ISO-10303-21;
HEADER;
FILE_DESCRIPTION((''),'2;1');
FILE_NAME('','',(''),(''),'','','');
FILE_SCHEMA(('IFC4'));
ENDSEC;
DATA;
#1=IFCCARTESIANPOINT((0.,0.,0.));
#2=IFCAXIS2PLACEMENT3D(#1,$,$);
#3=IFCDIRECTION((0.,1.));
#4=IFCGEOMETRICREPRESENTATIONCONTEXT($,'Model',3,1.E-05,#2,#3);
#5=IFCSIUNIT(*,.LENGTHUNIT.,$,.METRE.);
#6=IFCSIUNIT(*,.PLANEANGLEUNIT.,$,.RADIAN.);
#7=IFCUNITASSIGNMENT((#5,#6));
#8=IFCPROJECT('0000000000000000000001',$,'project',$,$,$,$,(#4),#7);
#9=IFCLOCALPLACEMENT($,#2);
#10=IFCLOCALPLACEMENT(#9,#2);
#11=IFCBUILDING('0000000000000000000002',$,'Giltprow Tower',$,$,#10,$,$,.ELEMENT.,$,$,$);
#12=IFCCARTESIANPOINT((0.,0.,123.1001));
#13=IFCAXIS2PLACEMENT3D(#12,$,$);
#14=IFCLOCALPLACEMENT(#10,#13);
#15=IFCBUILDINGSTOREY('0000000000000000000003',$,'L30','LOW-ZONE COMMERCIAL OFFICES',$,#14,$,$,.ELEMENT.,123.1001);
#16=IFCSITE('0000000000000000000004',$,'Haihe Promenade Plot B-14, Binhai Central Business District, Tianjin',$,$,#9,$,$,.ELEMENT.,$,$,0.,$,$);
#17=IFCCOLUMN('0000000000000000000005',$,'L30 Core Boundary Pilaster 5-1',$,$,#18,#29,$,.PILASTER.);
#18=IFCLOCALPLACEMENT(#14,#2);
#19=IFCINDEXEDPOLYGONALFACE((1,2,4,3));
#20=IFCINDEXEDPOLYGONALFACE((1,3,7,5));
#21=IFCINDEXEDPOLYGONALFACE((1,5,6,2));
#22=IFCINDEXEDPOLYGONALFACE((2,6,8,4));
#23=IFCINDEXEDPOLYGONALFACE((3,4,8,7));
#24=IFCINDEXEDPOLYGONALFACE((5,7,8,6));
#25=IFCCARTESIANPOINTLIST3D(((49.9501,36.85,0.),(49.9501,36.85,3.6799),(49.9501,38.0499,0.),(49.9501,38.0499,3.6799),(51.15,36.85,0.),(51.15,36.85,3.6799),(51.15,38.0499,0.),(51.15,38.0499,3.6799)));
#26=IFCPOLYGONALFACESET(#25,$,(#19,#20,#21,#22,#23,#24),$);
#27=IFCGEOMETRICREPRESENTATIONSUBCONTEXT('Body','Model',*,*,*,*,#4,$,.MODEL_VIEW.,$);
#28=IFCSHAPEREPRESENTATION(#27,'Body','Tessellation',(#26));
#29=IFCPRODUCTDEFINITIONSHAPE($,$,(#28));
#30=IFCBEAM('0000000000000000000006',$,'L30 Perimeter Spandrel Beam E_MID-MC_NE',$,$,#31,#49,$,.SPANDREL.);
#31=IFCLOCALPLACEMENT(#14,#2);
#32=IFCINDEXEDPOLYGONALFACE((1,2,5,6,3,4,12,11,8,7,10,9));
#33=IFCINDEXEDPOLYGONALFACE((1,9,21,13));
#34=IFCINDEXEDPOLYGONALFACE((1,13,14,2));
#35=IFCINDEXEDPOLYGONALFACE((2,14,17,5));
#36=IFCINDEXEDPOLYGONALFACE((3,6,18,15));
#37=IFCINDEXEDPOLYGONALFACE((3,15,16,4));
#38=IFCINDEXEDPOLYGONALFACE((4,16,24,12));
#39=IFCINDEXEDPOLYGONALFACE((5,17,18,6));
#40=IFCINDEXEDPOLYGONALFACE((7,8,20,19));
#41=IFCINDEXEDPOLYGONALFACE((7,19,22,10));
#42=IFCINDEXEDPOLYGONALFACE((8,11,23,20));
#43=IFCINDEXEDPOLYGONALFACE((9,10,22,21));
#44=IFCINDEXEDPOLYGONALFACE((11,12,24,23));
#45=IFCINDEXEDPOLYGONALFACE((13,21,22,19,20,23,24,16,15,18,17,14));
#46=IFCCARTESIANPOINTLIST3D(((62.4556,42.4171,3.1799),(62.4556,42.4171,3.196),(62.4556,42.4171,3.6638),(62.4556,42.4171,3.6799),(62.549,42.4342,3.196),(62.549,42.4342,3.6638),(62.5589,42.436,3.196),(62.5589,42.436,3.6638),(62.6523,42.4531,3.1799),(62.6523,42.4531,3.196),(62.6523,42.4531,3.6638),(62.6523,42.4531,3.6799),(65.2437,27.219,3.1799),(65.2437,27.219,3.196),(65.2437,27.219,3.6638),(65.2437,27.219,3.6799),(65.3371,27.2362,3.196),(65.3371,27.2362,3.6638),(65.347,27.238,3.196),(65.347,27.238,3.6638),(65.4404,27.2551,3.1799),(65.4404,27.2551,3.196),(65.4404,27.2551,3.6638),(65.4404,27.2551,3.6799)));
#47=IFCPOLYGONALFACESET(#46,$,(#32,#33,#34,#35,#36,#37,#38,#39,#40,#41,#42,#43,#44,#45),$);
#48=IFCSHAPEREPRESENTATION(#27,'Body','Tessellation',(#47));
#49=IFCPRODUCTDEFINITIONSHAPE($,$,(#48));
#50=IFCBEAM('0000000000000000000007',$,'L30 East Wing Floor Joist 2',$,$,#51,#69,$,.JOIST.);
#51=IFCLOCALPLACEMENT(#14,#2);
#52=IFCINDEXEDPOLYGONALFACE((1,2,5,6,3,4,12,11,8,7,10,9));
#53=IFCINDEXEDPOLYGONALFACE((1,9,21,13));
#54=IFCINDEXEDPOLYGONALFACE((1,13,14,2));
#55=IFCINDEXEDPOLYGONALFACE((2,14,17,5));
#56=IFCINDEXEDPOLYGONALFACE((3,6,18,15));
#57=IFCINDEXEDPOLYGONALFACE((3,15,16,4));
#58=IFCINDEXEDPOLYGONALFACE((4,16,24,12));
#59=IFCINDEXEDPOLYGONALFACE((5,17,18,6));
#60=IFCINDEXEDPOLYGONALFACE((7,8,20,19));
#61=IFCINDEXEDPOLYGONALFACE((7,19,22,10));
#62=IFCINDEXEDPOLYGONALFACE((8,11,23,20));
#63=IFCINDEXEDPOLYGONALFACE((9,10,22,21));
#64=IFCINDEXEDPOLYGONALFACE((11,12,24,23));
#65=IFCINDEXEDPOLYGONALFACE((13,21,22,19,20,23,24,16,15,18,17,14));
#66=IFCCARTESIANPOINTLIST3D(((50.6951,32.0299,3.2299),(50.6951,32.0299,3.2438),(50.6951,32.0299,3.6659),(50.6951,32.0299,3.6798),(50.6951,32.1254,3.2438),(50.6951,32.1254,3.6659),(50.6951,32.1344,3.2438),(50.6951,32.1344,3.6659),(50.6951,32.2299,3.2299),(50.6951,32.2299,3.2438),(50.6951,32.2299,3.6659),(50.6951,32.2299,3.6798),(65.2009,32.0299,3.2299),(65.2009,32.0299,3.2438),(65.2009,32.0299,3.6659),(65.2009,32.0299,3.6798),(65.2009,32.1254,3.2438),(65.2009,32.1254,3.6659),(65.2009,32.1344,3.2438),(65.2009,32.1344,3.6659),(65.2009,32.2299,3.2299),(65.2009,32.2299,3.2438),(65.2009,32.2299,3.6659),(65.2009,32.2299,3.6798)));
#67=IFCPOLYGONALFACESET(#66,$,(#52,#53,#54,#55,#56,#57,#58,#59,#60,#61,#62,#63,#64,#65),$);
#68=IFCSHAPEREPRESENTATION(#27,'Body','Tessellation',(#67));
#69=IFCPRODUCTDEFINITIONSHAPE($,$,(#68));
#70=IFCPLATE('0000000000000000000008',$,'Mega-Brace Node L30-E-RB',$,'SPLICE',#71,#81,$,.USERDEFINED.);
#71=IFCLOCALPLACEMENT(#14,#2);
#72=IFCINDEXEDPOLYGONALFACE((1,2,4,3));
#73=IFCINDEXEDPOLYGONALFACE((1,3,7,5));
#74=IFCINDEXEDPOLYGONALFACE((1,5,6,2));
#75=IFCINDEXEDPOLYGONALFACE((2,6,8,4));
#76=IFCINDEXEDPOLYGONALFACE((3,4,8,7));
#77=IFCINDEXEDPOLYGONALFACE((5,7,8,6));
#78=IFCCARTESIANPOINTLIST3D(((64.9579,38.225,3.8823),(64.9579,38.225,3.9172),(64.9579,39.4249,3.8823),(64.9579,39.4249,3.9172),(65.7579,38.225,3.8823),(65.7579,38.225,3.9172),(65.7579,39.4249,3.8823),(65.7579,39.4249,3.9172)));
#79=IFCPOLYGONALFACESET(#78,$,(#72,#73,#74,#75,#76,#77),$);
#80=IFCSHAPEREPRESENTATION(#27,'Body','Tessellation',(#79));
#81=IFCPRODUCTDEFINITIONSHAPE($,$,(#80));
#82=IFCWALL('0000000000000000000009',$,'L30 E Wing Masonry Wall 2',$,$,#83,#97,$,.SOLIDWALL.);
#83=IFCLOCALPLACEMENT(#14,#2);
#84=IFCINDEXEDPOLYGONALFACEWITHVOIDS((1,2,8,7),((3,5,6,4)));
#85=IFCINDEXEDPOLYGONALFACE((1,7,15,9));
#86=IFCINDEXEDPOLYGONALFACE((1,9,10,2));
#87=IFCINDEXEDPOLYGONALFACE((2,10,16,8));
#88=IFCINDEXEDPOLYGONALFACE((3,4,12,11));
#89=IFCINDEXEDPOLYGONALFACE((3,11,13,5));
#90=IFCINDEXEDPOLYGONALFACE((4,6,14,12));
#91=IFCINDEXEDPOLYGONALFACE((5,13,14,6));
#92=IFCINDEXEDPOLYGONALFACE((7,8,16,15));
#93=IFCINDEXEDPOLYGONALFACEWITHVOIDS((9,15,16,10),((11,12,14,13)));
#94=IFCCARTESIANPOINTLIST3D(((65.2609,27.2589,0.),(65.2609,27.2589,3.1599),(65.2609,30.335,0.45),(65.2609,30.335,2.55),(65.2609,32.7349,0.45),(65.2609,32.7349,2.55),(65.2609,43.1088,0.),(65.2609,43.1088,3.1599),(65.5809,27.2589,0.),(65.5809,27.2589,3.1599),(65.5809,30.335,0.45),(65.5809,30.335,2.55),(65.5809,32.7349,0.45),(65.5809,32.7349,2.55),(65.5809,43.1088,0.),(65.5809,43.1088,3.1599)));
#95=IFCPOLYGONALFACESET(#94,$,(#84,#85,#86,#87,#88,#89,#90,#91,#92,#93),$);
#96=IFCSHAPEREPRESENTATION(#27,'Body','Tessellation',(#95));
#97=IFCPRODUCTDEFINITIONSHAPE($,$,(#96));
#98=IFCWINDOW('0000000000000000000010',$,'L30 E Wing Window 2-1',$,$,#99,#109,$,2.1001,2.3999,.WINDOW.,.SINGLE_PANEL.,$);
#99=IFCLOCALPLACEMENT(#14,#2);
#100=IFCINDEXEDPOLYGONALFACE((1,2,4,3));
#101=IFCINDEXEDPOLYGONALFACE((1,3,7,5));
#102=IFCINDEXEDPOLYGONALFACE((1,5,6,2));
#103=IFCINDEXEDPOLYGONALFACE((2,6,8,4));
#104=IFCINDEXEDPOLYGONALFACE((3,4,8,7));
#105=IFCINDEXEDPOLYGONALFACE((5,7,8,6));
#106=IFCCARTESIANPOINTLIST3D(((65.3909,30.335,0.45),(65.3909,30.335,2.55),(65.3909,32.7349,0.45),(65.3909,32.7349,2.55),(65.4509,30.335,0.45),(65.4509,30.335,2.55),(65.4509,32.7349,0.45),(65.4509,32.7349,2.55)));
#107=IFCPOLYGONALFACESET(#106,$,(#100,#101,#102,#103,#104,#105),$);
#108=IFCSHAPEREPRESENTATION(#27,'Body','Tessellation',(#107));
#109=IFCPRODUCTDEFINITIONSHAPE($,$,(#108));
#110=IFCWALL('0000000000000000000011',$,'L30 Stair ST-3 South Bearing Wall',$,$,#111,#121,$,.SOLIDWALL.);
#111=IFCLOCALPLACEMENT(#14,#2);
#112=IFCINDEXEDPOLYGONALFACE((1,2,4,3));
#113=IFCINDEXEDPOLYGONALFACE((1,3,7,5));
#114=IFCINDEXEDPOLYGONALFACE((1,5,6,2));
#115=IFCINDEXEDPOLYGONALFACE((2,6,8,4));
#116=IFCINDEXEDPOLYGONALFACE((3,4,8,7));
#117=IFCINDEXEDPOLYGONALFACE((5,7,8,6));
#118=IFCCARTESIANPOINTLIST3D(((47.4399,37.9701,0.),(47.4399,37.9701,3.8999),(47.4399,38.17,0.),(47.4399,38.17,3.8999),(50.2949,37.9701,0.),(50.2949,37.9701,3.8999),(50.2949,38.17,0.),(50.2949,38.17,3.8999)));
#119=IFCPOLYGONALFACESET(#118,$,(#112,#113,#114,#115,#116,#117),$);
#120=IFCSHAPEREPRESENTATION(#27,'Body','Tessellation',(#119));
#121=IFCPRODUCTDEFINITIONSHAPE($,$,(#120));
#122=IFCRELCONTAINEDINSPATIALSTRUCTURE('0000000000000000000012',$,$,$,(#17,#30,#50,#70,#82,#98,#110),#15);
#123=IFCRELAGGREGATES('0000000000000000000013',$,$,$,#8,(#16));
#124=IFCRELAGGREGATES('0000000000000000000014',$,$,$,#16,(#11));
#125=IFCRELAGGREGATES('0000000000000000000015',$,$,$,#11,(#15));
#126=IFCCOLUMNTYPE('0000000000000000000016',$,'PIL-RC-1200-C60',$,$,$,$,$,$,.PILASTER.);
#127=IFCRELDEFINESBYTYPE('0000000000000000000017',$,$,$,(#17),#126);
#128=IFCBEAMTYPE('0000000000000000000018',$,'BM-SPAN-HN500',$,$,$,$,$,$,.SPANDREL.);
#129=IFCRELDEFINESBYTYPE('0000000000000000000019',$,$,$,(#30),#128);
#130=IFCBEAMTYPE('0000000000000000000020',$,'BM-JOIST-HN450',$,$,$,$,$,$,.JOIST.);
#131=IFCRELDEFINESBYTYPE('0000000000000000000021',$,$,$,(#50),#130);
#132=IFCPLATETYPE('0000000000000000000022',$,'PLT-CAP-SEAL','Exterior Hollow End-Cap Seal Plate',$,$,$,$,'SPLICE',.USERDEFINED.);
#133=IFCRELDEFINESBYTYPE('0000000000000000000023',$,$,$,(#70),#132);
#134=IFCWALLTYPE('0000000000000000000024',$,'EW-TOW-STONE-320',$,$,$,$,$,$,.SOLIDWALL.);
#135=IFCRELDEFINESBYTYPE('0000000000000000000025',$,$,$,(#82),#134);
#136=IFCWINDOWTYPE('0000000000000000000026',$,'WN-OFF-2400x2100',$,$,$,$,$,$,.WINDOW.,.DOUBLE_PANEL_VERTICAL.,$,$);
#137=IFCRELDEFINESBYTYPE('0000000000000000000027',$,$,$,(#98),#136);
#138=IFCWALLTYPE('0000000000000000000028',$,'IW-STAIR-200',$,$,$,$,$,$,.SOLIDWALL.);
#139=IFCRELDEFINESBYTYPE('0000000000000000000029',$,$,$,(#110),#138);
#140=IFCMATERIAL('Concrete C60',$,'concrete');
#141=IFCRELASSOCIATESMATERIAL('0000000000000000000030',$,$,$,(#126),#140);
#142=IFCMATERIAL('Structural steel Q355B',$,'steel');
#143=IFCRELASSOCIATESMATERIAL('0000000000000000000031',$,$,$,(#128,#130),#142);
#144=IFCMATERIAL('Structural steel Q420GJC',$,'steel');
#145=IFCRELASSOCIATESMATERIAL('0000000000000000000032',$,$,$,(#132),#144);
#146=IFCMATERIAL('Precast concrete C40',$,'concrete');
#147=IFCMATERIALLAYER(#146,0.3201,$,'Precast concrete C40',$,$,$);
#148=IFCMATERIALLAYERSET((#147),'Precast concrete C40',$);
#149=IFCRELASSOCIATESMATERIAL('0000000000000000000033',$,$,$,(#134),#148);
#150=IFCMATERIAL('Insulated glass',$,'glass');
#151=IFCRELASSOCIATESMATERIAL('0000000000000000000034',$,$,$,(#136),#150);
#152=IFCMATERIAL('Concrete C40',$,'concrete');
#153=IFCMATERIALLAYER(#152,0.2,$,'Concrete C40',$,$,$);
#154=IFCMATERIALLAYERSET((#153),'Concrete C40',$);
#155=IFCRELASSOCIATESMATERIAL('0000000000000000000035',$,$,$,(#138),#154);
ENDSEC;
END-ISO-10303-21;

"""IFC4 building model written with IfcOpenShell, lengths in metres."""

from ifc_helpers import new_model, si_unit, direction, frame, frame_2d, origin, origin_2d, place, context, subcontext, project, spatial, rectangle, i_section, extrude, source, transform, mapped, material, layer, layer_set, material_profile, profile_set, type_object, element, fill, save


model = new_model("IFC4")

# Units and contexts
model_context = context("Model", 3, precision=1e-05, world=origin(), true_north=direction((0.0, 1.0)))
body_context = subcontext(model_context, "Body", "Model", "MODEL_VIEW")
ifc_project = project(units=[si_unit("LENGTHUNIT", "METRE"), si_unit("PLANEANGLEUNIT", "RADIAN")], contexts=[model_context])

# Site, building, storey
site_placement = place(None, origin())
site = spatial("IfcSite", under=ifc_project, at=site_placement, Name="Haihe Promenade Plot B-14, Binhai Central Business District, Tianjin", CompositionType="ELEMENT", RefElevation=0.0)
building_placement = place(site_placement, origin())
building = spatial("IfcBuilding", under=site, at=building_placement, Name="Giltprow Tower", CompositionType="ELEMENT")
storey_placement = place(building_placement, frame((0.0, 0.0, 123.1001)))
storey = spatial("IfcBuildingStorey", under=building, at=storey_placement, Name="L30", Description="LOW-ZONE COMMERCIAL OFFICES", CompositionType="ELEMENT", Elevation=123.1001)

# Column
ifc_material_1 = material(Name="Concrete C60", Category="concrete")
ifc_material_profile_1 = material_profile(ifc_material_1, rectangle(XDim=1.2, YDim=1.2, at=origin_2d()), Name="RC 1200x1200")
ifc_profile_set_1 = profile_set([ifc_material_profile_1], Name="Concrete C60")
column_type = type_object("IfcColumnType", Name="PIL-RC-1200-C60", PredefinedType="PILASTER", material=ifc_profile_set_1)
shared_shape_1 = source(origin(), body_context, "Body", "SweptSolid", [
    extrude(rectangle(XDim=1.2, YDim=1.2, at=origin_2d()), origin(), (0.0, 0.0, 1.0), 3.6799),
])
column_placement = place(storey_placement, frame((50.55, 37.45, 0.0), z_axis=(0.0, 0.0, 1.0), x_axis=(1.0, 0.0, 0.0)))
element("IfcColumn", 1, at=column_placement, inside=storey, type_object=column_type, Name="L30 Core Boundary Pilaster 5-1", PredefinedType="PILASTER", context=body_context, shape_type="MappedRepresentation", body=[
    mapped(shared_shape_1, transform((0.0, 0.0, 0.0), x_axis=(1.0, 0.0, 0.0), y_axis=(0.0, 1.0, 0.0), z_axis=(0.0, 0.0, 1.0), scale=1.0)),
])

# Beams
ifc_material_2 = material(Name="Structural steel Q355B", Category="steel")
ifc_material_profile_2 = material_profile(ifc_material_2, i_section(OverallWidth=0.2, OverallDepth=0.5, WebThickness=0.01, FlangeThickness=0.0161, at=origin_2d()), Name="HN 500x200x10x16")
ifc_profile_set_2 = profile_set([ifc_material_profile_2], Name="Structural steel Q355B")
beam_type_1 = type_object("IfcBeamType", Name="BM-SPAN-HN500", PredefinedType="SPANDREL", material=ifc_profile_set_2)
shared_shape_2 = source(origin(), body_context, "Body", "SweptSolid", [
    extrude(i_section(OverallWidth=0.2, OverallDepth=0.5, WebThickness=0.01, FlangeThickness=0.0161, at=origin_2d()), origin(), (0.0, 0.0, 1.0), 15.4517),
])
beam_1_placement = place(storey_placement, frame((65.342, 27.2371, 3.4299), z_axis=(-0.18044, 0.983586, 0.0), x_axis=(-0.983586, -0.18044, 0.0)))
element("IfcBeam", 2, at=beam_1_placement, inside=storey, type_object=beam_type_1, Name="L30 Perimeter Spandrel Beam E_MID-MC_NE", PredefinedType="SPANDREL", context=body_context, shape_type="MappedRepresentation", body=[
    mapped(shared_shape_2, transform((0.0, 0.0, 0.0), x_axis=(1.0, 0.0, 0.0), y_axis=(0.0, 1.0, 0.0), z_axis=(0.0, 0.0, 1.0), scale=1.0)),
])
ifc_material_profile_3 = material_profile(ifc_material_2, i_section(OverallWidth=0.2, OverallDepth=0.45, WebThickness=0.009, FlangeThickness=0.0139, at=origin_2d()), Name="HN 450x200x9x14")
ifc_profile_set_3 = profile_set([ifc_material_profile_3], Name="Structural steel Q355B")
beam_type_2 = type_object("IfcBeamType", Name="BM-JOIST-HN450", PredefinedType="JOIST", material=ifc_profile_set_3)
shared_shape_3 = source(origin(), body_context, "Body", "SweptSolid", [
    extrude(i_section(OverallWidth=0.2, OverallDepth=0.45, WebThickness=0.009, FlangeThickness=0.0139, at=origin_2d()), origin(), (0.0, 0.0, 1.0), 14.5059),
])
beam_2_placement = place(storey_placement, frame((50.6951, 32.1299, 3.4548), z_axis=(1.0, 0.0, 0.0), x_axis=(0.0, 1.0, 0.0)))
element("IfcBeam", 3, at=beam_2_placement, inside=storey, type_object=beam_type_2, Name="L30 East Wing Floor Joist 2", PredefinedType="JOIST", context=body_context, shape_type="MappedRepresentation", body=[
    mapped(shared_shape_3, transform((0.0, 0.0, 0.0), x_axis=(1.0, 0.0, 0.0), y_axis=(0.0, 1.0, 0.0), z_axis=(0.0, 0.0, 1.0), scale=1.0)),
])

# Plate
ifc_material_3 = material(Name="Structural steel Q420GJC", Category="steel")
plate_type = type_object("IfcPlateType", Name="PLT-CAP-SEAL", Description="Exterior Hollow End-Cap Seal Plate", ElementType="SPLICE", PredefinedType="USERDEFINED", material=ifc_material_3)
shared_shape_4 = source(origin(), body_context, "Body", "SweptSolid", [
    extrude(rectangle(XDim=1.2, YDim=0.8, at=origin_2d()), origin(), (0.0, 0.0, 1.0), 0.0349),
])
plate_placement = place(storey_placement, frame((65.3579, 38.825, 3.8823), z_axis=(0.0, 0.0, 1.0), x_axis=(0.0, 1.0, 0.0)))
element("IfcPlate", 4, at=plate_placement, inside=storey, type_object=plate_type, Name="Mega-Brace Node L30-E-RB", ObjectType="SPLICE", PredefinedType="USERDEFINED", context=body_context, shape_type="MappedRepresentation", body=[
    mapped(shared_shape_4, transform((0.0, 0.0, 0.0), x_axis=(1.0, 0.0, 0.0), y_axis=(0.0, 1.0, 0.0), z_axis=(0.0, 0.0, 1.0), scale=1.0)),
])

# Wall, opening, window
ifc_material_4 = material(Name="Precast concrete C40", Category="concrete")
ifc_layer_1 = layer(ifc_material_4, 0.3201, Name="Precast concrete C40")
ifc_layer_set_1 = layer_set([ifc_layer_1], Name="Precast concrete C40")
wall_type_1 = type_object("IfcWallType", Name="EW-TOW-STONE-320", PredefinedType="SOLIDWALL", material=ifc_layer_set_1)
wall_1_placement = place(storey_placement, frame((65.4209, 27.259, 0.0), z_axis=(0.0, 0.0, 1.0), x_axis=(0.0, 1.0, 0.0)))
wall_1 = element("IfcWall", 5, at=wall_1_placement, inside=storey, type_object=wall_type_1, Name="L30 E Wing Masonry Wall 2", PredefinedType="SOLIDWALL", context=body_context, shape_type="SweptSolid", body=[
    extrude(rectangle(XDim=15.8499, YDim=0.3201, at=frame_2d((7.9248, 0.0))), origin(), (0.0, 0.0, 1.0), 3.1599),
])
opening_1_placement = place(wall_1_placement, frame((3.0759, 0.0, 0.45)))
opening_1 = element("IfcOpeningElement", 6, at=opening_1_placement, cuts=wall_1, PredefinedType="OPENING", context=body_context, shape_type="SweptSolid", body=[
    extrude(rectangle(XDim=2.3999, YDim=2.1001, at=frame_2d((1.2, 1.05))), frame((0.0, 0.1699, 0.0), z_axis=(0.0, -1.0, 0.0), x_axis=(1.0, 0.0, 0.0)), (0.0, 0.0, 1.0), 0.3401),
])
ifc_material_5 = material(Name="Insulated glass", Category="glass")
window_type = type_object("IfcWindowType", Name="WN-OFF-2400x2100", PartitioningType="DOUBLE_PANEL_VERTICAL", PredefinedType="WINDOW", material=ifc_material_5)
shared_shape_5 = source(origin(), body_context, "Body", "SweptSolid", [
    extrude(rectangle(XDim=2.3999, YDim=2.1001, at=frame_2d((1.2, 1.05))), frame((0.0, 0.03, 0.0), z_axis=(0.0, -1.0, 0.0), x_axis=(1.0, 0.0, 0.0)), (0.0, 0.0, 1.0), 0.0601),
])
window_placement = place(opening_1_placement, origin())
window = element("IfcWindow", 7, at=window_placement, inside=storey, type_object=window_type, Name="L30 E Wing Window 2-1", OverallHeight=2.1001, OverallWidth=2.3999, PartitioningType="SINGLE_PANEL", PredefinedType="WINDOW", context=body_context, shape_type="MappedRepresentation", body=[
    mapped(shared_shape_5, transform((0.0, 0.0, 0.0), x_axis=(1.0, 0.0, 0.0), y_axis=(0.0, 1.0, 0.0), z_axis=(0.0, 0.0, 1.0), scale=1.0)),
])
fill(opening_1, window)

# Wall
ifc_material_6 = material(Name="Concrete C40", Category="concrete")
ifc_layer_2 = layer(ifc_material_6, 0.2, Name="Concrete C40")
ifc_layer_set_2 = layer_set([ifc_layer_2], Name="Concrete C40")
wall_type_2 = type_object("IfcWallType", Name="IW-STAIR-200", PredefinedType="SOLIDWALL", material=ifc_layer_set_2)
wall_2_placement = place(storey_placement, frame((47.4399, 38.0701, 0.0), z_axis=(0.0, 0.0, 1.0), x_axis=(1.0, 0.0, 0.0)))
element("IfcWall", 8, at=wall_2_placement, inside=storey, type_object=wall_type_2, Name="L30 Stair ST-3 South Bearing Wall", PredefinedType="SOLIDWALL", context=body_context, shape_type="SweptSolid", body=[
    extrude(rectangle(XDim=2.855, YDim=0.2, at=frame_2d((1.4275, 0.0))), origin(), (0.0, 0.0, 1.0), 3.8999),
])

save(model, "model.ifc")
